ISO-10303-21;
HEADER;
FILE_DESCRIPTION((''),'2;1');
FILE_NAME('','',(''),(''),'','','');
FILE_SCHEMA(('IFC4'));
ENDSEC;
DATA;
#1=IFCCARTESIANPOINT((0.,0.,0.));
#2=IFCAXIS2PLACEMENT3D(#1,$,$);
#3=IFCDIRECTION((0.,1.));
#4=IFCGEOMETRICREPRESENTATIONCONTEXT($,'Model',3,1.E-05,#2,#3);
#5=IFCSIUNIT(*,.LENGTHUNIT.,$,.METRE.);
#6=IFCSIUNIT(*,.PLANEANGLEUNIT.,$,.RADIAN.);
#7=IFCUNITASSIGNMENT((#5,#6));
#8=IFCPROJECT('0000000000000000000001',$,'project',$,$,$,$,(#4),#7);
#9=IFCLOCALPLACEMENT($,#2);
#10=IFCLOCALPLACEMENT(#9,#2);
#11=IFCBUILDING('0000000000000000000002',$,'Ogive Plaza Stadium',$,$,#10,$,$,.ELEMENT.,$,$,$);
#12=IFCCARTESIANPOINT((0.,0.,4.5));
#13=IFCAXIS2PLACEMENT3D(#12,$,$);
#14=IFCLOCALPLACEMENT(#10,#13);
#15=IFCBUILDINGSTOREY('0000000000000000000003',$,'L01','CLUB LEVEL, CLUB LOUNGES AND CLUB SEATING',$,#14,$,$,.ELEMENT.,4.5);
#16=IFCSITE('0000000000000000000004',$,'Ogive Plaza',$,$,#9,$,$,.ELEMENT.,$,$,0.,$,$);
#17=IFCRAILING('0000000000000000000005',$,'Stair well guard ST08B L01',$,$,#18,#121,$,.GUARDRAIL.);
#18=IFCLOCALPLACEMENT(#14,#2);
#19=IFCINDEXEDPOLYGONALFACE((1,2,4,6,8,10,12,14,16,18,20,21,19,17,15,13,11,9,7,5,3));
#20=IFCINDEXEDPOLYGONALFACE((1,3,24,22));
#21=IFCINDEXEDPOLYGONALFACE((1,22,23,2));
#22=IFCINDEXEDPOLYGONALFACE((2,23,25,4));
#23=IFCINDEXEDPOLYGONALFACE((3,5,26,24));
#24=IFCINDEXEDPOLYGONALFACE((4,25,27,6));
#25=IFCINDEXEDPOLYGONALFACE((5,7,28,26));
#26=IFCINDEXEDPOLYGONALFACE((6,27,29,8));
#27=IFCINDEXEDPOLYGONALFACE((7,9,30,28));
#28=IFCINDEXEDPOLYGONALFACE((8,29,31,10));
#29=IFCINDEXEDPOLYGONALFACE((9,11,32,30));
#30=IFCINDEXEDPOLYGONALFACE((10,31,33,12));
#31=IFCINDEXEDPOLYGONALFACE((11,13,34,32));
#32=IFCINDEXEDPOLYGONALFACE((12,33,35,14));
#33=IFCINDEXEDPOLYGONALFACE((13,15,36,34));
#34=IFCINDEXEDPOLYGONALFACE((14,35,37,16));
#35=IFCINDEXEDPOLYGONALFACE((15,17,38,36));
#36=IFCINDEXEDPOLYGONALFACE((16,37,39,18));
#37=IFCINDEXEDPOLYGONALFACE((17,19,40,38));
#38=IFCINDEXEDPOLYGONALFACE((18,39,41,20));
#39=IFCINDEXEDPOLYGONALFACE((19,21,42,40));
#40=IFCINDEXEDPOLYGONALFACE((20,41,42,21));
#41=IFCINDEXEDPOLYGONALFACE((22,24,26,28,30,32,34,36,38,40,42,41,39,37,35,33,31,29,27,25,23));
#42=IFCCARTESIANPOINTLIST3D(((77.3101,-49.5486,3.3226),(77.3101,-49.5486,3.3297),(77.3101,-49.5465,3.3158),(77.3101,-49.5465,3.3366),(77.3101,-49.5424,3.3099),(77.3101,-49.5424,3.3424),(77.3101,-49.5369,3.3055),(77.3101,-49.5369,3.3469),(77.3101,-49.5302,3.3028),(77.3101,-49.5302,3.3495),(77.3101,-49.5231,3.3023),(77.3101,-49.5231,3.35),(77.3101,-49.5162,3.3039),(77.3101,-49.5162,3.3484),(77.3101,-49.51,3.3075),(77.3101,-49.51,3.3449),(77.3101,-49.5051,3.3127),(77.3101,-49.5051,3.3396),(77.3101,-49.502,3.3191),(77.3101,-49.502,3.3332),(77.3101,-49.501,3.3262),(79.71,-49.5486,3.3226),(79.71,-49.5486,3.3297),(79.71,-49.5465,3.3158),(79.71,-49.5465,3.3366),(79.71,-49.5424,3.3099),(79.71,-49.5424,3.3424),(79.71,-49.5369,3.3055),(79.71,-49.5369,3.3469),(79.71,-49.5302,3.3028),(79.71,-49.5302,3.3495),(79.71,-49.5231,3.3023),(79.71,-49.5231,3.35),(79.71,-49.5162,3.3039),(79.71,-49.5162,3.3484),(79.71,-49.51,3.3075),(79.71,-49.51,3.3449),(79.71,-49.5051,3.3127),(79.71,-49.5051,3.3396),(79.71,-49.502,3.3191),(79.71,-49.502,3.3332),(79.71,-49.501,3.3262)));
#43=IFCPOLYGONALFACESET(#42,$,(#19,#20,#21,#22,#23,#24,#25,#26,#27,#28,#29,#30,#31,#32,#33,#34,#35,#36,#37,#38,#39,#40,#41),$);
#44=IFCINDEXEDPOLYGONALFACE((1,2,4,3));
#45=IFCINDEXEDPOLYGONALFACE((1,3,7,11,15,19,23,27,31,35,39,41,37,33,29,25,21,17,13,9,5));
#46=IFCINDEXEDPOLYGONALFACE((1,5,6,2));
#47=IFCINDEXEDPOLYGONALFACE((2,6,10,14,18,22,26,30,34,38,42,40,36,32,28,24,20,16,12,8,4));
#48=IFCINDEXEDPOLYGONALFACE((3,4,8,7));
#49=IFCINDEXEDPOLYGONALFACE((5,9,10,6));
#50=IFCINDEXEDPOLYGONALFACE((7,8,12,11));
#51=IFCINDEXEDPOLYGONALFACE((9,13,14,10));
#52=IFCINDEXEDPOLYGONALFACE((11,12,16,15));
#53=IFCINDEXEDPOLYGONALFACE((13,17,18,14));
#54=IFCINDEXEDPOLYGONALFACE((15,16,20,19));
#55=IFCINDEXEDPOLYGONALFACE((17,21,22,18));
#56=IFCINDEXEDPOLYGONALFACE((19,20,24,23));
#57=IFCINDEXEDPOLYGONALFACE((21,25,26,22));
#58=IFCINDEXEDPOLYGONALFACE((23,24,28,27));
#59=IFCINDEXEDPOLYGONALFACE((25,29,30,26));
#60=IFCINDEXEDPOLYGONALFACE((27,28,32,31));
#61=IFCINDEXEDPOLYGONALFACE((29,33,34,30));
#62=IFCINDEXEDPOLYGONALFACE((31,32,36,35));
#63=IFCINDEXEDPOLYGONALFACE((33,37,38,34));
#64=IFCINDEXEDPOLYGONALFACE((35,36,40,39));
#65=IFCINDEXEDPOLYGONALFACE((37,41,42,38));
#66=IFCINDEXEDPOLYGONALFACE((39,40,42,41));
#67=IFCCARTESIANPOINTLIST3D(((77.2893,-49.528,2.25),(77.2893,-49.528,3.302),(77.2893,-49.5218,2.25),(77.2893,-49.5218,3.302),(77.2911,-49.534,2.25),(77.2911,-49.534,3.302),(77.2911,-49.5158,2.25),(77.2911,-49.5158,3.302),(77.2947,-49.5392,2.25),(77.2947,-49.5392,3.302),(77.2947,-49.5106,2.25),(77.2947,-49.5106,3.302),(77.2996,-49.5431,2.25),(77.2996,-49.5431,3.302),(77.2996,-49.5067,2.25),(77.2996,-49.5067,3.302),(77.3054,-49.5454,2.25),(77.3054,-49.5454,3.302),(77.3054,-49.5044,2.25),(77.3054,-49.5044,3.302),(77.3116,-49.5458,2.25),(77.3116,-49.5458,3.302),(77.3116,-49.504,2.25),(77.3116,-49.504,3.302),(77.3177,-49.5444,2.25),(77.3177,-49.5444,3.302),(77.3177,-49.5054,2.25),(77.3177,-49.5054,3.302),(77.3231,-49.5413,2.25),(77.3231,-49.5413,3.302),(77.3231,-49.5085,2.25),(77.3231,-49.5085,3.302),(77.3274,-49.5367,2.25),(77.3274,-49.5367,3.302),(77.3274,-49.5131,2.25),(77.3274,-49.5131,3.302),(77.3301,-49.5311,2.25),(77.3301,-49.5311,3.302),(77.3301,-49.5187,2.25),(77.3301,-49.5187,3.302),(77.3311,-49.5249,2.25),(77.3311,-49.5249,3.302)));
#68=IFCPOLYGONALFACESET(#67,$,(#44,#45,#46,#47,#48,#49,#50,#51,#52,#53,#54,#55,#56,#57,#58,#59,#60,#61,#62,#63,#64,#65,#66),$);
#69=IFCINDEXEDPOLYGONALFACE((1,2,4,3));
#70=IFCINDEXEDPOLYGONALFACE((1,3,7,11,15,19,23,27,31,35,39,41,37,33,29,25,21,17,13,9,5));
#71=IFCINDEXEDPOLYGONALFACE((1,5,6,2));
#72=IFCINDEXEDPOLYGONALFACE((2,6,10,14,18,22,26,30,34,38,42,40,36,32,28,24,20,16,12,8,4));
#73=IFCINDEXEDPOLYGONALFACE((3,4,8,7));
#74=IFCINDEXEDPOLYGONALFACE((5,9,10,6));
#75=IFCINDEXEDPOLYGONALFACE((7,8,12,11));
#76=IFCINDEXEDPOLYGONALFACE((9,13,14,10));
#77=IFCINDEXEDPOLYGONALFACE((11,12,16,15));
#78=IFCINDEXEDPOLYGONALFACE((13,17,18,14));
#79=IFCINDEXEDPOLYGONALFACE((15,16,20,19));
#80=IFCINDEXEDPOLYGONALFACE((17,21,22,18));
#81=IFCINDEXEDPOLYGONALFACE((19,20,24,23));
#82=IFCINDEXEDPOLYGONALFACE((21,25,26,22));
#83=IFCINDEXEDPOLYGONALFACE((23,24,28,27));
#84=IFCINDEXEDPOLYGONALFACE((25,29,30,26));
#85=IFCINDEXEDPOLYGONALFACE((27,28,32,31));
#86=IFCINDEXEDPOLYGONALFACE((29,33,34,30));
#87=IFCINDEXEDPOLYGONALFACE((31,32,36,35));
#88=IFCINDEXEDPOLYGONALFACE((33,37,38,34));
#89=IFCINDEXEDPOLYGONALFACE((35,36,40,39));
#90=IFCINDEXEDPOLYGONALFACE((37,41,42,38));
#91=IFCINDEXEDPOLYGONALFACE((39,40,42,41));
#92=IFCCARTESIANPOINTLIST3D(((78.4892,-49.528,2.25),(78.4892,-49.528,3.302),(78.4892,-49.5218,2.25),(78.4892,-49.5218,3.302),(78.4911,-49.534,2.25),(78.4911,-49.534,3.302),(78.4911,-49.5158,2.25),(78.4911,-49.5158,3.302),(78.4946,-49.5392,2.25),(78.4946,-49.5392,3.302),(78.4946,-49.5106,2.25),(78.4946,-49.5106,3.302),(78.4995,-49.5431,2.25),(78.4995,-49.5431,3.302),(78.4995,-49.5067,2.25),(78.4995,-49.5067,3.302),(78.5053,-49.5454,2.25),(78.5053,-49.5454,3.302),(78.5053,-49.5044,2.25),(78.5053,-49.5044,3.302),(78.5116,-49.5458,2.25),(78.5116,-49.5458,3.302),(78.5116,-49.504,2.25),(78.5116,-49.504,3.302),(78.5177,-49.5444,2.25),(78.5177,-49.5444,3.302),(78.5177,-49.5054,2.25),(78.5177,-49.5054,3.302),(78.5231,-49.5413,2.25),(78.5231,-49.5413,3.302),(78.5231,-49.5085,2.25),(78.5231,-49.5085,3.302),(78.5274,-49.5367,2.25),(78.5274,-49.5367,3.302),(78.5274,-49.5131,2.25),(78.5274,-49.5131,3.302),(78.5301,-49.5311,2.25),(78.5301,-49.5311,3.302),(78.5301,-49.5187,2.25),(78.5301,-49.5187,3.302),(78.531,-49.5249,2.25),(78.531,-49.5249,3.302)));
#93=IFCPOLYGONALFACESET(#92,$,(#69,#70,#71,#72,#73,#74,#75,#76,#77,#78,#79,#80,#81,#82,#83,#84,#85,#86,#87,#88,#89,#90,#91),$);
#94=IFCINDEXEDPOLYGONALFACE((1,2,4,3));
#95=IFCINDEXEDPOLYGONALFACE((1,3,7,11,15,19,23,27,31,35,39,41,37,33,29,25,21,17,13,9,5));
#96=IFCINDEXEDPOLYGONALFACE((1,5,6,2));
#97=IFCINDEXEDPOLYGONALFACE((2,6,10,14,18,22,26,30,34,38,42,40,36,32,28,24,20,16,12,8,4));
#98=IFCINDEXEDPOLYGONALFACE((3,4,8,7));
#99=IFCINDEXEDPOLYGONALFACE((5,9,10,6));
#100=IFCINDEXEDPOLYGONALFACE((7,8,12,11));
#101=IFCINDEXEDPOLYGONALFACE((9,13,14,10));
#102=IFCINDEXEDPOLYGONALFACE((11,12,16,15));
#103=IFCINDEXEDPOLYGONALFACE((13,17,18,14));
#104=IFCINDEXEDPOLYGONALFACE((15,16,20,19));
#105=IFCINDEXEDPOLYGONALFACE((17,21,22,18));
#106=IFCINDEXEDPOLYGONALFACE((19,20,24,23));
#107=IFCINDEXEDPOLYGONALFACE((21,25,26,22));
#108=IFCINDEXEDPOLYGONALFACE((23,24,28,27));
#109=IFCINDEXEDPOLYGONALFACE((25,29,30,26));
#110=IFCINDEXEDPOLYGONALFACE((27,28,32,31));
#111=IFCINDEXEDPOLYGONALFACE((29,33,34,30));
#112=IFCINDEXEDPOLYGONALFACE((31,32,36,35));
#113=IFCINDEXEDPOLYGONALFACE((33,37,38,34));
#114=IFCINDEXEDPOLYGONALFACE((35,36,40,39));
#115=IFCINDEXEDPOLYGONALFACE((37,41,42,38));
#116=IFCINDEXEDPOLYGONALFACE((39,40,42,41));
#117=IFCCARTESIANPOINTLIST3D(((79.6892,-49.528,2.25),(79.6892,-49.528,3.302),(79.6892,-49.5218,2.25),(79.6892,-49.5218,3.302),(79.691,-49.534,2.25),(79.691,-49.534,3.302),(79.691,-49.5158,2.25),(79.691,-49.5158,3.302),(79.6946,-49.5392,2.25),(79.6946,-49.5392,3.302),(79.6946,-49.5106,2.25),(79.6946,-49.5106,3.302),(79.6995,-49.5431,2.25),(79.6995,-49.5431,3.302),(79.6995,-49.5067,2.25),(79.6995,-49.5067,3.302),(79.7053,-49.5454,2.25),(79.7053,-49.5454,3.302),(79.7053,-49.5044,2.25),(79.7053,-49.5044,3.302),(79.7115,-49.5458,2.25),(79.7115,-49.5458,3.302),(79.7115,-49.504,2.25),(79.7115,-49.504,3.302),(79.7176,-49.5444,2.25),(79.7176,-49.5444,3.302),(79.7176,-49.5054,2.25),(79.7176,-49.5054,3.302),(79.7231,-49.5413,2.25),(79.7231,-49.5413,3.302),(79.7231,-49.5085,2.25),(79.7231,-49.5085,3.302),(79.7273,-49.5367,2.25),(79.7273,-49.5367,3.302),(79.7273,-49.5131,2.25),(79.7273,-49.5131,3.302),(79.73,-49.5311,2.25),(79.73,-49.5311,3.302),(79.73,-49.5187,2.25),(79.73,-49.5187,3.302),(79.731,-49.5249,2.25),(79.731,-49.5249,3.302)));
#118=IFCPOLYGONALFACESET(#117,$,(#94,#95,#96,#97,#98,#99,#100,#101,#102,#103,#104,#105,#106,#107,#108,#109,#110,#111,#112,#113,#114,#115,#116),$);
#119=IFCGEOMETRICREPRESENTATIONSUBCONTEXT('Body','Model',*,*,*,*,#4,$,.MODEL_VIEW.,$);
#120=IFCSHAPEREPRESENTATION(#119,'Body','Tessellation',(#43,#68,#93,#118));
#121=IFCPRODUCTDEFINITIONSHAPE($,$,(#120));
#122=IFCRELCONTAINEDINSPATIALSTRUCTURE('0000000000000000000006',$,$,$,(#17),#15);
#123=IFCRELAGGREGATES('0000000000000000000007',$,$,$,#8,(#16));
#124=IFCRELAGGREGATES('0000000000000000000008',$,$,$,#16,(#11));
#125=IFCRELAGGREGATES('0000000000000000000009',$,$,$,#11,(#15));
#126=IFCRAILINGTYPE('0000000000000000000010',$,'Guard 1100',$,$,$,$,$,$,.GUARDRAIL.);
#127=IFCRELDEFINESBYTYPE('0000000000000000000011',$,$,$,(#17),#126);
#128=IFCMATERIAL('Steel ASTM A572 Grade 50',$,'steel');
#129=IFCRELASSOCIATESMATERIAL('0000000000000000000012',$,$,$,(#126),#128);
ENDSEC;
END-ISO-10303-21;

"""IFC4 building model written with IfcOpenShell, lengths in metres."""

from ifc_helpers import new_model, si_unit, direction, frame, origin, origin_2d, place, context, subcontext, project, spatial, circle, extrude, material, type_object, element, save


model = new_model("IFC4")

# Units and contexts
model_context = context("Model", 3, precision=1e-05, world=origin(), true_north=direction((0.0, 1.0)))
body_context = subcontext(model_context, "Body", "Model", "MODEL_VIEW")
ifc_project = project(units=[si_unit("LENGTHUNIT", "METRE"), si_unit("PLANEANGLEUNIT", "RADIAN")], contexts=[model_context])

# Site, building, storey
site_placement = place(None, origin())
site = spatial("IfcSite", under=ifc_project, at=site_placement, Name="Ogive Plaza", CompositionType="ELEMENT", RefElevation=0.0)
building_placement = place(site_placement, origin())
building = spatial("IfcBuilding", under=site, at=building_placement, Name="Ogive Plaza Stadium", CompositionType="ELEMENT")
storey_placement = place(building_placement, frame((0.0, 0.0, 4.5)))
storey = spatial("IfcBuildingStorey", under=building, at=storey_placement, Name="L01", Description="CLUB LEVEL, CLUB LOUNGES AND CLUB SEATING", CompositionType="ELEMENT", Elevation=4.5)

# Railing
ifc_material_1 = material(Name="Steel ASTM A572 Grade 50", Category="steel")
railing_type_1 = type_object("IfcRailingType", Name="Guard 1100", PredefinedType="GUARDRAIL", material=ifc_material_1)
for number, where, name in (
    (1, (77.3101, -49.5249, 2.25), "Stair well guard ST08B L01"),
):
    element("IfcRailing", number, at=place(storey_placement, frame(where)), inside=storey, type_object=railing_type_1, Name=name, PredefinedType="GUARDRAIL", context=body_context, shape_type="SweptSolid", body=[
        extrude(circle(Radius=0.0239, at=origin_2d()), frame((0.0, 0.0, 1.0762), z_axis=(1.0, 0.0, 0.0), x_axis=(0.0, 1.0, 0.0)), (0.0, 0.0, 1.0), 2.3999),
        extrude(circle(Radius=0.021, at=origin_2d()), origin(), (0.0, 0.0, 1.0), 1.052),
        extrude(circle(Radius=0.021, at=origin_2d()), frame((1.2, 0.0, 0.0)), (0.0, 0.0, 1.0), 1.052),
        extrude(circle(Radius=0.021, at=origin_2d()), frame((2.3999, 0.0, 0.0)), (0.0, 0.0, 1.0), 1.052),
    ])

save(model, "model.ifc")
